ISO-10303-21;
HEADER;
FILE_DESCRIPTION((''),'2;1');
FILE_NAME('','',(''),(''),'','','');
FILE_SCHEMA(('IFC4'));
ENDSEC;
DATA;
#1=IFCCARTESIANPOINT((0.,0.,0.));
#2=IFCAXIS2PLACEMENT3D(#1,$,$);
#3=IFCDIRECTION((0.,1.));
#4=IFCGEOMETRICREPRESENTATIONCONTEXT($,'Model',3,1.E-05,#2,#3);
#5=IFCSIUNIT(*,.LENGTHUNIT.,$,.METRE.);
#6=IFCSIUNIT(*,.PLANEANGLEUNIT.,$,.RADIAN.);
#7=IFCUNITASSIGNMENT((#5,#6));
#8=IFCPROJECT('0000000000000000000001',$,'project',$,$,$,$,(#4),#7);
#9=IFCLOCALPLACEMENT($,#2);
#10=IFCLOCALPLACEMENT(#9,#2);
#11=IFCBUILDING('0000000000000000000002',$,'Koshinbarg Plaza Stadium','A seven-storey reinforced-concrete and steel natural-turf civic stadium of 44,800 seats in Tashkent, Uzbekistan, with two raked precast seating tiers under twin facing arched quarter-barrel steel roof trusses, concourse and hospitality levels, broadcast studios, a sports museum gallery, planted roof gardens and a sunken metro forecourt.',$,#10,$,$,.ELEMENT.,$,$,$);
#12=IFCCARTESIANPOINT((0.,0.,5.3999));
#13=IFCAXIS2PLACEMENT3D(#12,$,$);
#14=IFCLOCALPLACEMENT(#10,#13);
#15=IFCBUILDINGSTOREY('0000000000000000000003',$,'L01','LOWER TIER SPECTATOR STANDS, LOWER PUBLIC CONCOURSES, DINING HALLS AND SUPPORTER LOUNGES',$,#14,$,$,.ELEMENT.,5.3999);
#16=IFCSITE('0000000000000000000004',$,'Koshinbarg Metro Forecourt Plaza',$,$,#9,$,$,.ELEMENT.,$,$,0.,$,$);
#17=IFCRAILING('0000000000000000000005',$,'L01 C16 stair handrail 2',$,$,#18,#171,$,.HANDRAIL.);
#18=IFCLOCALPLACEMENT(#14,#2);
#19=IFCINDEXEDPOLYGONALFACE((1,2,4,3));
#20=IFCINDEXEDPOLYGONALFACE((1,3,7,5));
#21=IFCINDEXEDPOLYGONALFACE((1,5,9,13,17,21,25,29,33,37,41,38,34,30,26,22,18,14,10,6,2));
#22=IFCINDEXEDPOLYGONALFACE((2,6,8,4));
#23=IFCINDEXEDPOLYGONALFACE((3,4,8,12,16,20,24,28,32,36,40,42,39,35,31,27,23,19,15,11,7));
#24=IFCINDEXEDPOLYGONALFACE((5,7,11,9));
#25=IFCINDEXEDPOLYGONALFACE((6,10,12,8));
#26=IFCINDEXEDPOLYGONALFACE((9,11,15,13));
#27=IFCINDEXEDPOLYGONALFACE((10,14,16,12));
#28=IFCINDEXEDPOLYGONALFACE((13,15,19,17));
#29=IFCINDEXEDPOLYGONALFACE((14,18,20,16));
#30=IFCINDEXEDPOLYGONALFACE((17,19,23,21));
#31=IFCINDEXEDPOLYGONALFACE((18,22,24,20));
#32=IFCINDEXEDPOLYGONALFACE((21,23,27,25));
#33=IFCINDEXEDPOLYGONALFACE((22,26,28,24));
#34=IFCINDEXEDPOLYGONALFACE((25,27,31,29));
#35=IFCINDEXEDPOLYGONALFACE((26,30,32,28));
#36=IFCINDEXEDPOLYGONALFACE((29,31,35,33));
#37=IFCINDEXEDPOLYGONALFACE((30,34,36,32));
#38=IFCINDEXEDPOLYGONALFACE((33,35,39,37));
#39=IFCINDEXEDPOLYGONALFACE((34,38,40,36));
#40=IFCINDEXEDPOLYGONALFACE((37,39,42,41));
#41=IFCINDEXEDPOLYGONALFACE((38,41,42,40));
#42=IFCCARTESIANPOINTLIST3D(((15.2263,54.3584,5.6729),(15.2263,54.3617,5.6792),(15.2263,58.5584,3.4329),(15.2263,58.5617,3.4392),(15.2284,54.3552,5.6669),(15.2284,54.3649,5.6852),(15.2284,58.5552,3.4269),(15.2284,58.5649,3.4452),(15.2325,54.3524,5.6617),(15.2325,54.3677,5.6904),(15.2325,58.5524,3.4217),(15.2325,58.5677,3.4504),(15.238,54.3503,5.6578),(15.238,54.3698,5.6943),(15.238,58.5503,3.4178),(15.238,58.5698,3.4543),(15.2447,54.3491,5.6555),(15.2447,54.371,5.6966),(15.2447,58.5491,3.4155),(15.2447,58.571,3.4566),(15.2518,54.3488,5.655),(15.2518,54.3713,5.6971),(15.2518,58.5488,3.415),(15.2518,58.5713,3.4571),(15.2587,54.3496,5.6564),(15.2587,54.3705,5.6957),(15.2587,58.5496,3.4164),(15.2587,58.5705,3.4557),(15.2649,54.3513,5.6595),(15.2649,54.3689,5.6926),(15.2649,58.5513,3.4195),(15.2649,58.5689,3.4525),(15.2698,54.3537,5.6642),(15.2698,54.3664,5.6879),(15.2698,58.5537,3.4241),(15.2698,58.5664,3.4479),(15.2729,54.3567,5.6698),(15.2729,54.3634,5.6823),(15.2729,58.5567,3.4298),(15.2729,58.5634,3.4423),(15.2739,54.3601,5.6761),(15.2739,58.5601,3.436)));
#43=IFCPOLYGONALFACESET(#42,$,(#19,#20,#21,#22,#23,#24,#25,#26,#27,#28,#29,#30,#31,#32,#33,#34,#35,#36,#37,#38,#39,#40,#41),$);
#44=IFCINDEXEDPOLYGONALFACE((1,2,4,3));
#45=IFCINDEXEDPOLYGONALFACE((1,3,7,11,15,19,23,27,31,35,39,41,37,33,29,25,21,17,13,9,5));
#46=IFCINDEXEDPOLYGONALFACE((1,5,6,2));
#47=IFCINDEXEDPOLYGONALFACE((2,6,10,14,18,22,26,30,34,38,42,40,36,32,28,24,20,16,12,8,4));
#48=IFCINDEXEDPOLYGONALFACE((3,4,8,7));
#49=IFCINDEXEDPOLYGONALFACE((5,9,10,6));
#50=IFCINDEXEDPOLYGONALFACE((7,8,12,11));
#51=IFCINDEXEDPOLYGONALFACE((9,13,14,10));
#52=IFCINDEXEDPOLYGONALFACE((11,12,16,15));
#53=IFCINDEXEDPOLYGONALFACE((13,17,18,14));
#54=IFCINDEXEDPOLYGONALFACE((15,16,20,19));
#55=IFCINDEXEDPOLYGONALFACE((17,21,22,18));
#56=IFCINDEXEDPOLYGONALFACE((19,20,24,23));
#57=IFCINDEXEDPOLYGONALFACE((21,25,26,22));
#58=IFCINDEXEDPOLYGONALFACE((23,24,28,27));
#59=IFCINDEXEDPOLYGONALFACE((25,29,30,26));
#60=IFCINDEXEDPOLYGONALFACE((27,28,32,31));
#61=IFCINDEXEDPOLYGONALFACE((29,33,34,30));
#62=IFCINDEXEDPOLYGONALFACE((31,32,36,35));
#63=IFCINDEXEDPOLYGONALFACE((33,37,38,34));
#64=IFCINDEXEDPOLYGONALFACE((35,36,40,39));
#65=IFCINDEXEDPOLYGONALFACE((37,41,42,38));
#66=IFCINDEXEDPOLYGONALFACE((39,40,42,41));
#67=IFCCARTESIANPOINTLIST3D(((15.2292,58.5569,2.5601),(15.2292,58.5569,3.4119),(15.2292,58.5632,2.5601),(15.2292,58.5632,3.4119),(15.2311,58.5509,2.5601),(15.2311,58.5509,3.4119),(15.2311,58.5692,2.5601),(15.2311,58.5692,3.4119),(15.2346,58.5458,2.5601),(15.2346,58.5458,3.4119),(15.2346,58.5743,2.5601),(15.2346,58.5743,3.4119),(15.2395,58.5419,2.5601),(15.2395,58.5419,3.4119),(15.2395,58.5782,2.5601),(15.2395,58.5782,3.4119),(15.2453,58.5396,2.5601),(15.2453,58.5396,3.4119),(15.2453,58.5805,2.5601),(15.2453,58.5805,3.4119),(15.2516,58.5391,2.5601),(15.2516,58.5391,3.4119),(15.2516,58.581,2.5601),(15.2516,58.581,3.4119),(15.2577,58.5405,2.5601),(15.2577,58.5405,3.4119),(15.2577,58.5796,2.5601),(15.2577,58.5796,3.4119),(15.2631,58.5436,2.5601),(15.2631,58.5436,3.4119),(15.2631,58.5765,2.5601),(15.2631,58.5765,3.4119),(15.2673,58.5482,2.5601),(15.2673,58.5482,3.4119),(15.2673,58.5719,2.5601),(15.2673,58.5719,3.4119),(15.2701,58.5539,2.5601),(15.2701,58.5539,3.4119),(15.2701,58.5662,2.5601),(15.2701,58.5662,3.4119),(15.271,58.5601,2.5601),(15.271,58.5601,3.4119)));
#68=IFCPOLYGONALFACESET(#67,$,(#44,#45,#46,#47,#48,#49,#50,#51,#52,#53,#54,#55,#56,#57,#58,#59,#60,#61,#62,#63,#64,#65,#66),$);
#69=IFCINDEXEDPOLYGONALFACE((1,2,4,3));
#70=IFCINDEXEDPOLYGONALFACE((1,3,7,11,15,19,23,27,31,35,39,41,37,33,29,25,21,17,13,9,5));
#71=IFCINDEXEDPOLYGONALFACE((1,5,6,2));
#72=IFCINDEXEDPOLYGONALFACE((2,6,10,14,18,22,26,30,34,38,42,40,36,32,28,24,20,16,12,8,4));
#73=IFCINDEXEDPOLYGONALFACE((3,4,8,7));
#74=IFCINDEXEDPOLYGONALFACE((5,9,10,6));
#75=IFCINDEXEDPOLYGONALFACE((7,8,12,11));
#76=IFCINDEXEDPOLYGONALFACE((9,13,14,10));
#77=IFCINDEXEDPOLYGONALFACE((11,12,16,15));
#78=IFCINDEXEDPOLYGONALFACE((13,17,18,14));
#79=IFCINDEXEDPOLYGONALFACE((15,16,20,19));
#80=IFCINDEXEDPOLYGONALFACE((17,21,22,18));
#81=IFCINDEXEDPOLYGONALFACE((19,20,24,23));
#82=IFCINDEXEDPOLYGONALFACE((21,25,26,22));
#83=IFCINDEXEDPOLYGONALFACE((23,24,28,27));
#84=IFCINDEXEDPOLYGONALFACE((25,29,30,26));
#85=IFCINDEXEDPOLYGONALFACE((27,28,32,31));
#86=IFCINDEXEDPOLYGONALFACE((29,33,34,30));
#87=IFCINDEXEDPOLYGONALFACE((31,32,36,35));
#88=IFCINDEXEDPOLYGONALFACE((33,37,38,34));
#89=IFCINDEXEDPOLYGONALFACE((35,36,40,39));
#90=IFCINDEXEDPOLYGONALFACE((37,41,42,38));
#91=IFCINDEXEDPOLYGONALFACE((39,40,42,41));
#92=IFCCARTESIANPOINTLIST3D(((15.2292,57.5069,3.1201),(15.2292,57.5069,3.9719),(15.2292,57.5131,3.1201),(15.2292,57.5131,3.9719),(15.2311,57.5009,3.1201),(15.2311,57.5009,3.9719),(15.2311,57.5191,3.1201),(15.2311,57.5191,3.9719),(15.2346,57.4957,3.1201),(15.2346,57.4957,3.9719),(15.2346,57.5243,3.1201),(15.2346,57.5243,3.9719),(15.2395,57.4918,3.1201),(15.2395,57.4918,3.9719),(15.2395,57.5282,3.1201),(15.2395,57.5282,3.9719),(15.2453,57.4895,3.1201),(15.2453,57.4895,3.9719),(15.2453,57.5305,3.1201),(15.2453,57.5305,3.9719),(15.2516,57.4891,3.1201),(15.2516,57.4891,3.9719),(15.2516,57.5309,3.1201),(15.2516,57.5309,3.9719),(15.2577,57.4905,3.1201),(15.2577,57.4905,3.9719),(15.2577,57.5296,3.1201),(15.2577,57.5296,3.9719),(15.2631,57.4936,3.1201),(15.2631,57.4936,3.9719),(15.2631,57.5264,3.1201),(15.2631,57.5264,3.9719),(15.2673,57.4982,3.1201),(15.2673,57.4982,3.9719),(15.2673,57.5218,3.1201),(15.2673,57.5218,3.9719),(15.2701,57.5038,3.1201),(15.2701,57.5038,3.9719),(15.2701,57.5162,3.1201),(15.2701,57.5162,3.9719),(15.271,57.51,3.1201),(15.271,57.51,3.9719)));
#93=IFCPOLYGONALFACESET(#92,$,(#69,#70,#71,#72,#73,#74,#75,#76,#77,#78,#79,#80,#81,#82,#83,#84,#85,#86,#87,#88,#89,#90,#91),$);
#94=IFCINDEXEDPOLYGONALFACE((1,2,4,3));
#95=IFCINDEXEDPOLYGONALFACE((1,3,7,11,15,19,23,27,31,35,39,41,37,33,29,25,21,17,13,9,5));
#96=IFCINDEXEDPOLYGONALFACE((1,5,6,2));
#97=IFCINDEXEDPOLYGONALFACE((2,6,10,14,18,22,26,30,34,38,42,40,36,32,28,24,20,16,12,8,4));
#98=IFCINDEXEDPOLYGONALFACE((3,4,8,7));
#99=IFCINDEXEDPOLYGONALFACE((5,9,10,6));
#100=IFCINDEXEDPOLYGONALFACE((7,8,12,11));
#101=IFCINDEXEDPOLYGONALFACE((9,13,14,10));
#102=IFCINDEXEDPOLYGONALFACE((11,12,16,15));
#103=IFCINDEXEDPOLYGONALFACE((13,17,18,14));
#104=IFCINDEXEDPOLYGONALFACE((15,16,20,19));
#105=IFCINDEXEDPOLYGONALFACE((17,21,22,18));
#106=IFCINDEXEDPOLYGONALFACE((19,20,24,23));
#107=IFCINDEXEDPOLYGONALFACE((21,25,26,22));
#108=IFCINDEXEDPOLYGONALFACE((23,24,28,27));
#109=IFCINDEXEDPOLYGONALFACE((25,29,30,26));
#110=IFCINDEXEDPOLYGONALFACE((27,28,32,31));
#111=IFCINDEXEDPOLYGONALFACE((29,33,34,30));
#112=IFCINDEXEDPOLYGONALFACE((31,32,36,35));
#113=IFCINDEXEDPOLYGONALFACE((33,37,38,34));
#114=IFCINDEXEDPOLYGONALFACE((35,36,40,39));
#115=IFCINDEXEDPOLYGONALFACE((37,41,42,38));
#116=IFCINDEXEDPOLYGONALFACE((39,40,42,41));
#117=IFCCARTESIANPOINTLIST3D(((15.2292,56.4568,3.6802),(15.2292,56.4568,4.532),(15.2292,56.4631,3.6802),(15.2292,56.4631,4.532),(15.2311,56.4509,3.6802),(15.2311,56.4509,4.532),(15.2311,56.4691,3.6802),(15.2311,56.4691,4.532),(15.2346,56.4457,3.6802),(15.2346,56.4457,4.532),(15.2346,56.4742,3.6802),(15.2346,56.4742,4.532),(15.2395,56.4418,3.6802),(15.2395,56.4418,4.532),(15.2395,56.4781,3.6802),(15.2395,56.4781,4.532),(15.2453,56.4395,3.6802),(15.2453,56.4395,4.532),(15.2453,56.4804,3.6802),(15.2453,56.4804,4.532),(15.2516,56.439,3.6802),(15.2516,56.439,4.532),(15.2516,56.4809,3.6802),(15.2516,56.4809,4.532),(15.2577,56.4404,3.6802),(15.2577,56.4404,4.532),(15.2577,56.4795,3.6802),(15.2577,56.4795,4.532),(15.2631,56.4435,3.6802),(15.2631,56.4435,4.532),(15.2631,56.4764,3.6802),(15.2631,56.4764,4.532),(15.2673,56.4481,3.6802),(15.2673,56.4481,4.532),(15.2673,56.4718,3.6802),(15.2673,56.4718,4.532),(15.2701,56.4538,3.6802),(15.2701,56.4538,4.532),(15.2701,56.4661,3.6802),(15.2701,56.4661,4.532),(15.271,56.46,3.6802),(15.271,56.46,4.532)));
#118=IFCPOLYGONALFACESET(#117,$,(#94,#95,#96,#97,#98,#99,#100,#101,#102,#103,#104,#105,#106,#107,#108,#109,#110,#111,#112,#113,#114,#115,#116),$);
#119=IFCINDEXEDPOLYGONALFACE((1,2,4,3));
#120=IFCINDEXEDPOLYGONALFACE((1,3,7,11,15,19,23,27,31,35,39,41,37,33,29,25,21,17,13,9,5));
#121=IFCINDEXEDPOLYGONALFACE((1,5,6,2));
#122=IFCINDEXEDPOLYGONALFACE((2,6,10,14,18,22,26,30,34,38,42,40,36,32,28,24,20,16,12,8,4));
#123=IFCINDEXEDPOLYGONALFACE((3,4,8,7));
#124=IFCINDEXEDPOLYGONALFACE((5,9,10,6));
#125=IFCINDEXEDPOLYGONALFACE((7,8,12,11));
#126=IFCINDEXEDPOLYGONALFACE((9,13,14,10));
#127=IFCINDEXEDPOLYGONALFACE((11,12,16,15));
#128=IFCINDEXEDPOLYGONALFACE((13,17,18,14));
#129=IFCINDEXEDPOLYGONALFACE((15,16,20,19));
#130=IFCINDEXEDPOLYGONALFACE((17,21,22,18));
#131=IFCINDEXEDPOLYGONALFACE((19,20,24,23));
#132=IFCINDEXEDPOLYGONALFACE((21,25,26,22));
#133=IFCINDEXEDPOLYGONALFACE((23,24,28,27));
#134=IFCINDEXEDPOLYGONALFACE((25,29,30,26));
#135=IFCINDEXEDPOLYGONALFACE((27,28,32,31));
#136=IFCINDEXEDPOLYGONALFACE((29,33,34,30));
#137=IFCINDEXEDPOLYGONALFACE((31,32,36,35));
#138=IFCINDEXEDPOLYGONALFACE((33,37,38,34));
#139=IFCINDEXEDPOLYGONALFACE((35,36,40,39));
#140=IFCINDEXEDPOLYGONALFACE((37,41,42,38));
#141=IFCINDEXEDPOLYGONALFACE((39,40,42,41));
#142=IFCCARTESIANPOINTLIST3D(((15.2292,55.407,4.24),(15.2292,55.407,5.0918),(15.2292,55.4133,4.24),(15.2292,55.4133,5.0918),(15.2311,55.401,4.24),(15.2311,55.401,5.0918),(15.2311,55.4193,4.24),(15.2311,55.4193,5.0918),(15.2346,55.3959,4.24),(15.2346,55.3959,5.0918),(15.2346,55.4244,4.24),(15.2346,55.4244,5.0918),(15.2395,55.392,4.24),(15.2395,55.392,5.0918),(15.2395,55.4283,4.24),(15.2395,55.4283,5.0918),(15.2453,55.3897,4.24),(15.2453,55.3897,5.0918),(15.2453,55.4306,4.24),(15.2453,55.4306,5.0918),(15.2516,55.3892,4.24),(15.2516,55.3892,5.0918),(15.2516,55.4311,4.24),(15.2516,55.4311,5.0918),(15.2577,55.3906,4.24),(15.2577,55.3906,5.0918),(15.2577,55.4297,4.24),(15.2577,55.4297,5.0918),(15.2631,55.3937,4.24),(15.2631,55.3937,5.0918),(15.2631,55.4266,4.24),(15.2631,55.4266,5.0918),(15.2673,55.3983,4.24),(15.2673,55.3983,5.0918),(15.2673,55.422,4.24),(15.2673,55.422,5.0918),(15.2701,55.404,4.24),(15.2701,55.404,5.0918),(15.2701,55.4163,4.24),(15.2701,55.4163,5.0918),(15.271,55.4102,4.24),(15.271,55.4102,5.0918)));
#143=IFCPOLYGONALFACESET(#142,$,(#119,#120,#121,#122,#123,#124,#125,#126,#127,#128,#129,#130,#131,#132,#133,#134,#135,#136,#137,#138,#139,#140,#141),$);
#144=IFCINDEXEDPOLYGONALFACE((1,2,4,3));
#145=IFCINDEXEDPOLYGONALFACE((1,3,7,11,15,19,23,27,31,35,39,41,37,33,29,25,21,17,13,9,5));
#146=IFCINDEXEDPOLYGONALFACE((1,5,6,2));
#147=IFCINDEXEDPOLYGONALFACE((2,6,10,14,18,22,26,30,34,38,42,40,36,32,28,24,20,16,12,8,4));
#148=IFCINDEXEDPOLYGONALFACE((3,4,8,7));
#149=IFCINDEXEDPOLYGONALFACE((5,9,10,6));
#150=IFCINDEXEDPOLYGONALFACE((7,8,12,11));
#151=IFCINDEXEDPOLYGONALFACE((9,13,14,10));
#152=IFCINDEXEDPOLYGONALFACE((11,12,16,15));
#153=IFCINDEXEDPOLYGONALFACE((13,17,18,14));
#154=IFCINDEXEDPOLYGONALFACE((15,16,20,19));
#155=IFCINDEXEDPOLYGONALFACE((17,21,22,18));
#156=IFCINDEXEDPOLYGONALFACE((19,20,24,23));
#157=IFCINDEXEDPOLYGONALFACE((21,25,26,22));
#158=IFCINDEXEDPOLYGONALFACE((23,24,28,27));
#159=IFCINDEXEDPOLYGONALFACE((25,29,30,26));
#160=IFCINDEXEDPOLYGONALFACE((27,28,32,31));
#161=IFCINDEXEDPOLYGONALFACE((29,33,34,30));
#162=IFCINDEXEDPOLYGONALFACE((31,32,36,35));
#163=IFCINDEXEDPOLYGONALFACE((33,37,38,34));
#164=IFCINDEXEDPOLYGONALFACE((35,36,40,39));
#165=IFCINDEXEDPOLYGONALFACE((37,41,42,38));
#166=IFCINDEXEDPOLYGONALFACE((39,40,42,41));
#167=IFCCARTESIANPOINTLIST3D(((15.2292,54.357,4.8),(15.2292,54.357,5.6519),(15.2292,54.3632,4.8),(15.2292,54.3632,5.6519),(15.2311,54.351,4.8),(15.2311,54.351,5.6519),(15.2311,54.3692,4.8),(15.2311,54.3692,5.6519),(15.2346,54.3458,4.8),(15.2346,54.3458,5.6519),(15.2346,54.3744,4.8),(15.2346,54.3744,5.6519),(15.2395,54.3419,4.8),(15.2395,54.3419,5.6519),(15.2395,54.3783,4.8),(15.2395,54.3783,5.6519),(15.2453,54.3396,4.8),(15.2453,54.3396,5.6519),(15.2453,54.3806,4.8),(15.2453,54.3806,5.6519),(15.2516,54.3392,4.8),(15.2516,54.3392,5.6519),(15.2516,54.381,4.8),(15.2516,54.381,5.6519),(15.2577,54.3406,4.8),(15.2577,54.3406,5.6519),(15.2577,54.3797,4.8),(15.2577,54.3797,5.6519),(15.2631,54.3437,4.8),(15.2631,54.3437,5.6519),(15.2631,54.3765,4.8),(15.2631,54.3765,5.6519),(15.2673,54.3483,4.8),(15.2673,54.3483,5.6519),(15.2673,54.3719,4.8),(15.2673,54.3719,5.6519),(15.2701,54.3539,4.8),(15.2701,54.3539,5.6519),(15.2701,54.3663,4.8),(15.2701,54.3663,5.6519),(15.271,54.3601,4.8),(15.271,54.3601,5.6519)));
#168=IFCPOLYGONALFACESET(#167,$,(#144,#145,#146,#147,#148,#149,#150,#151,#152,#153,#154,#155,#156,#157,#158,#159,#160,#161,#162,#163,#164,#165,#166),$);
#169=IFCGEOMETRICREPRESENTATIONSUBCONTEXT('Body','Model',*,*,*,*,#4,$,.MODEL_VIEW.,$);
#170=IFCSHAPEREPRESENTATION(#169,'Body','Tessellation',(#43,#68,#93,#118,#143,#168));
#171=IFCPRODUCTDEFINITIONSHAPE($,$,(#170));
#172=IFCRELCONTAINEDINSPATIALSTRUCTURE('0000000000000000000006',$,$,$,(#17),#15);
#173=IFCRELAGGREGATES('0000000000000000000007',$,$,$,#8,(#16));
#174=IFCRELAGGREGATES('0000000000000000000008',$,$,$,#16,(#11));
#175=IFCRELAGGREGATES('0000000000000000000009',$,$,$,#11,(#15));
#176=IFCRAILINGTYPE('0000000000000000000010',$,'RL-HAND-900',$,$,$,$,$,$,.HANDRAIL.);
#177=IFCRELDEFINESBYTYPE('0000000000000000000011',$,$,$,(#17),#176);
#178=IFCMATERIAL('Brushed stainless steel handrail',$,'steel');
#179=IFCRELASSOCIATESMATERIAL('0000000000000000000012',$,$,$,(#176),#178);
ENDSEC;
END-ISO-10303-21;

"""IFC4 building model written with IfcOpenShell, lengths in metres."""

from ifc_helpers import new_model, si_unit, direction, frame, origin, origin_2d, place, context, subcontext, project, spatial, circle, extrude, material, type_object, element, save


model = new_model("IFC4")

# Units and contexts
model_context = context("Model", 3, precision=1e-05, world=origin(), true_north=direction((0.0, 1.0)))
body_context = subcontext(model_context, "Body", "Model", "MODEL_VIEW")
ifc_project = project(units=[si_unit("LENGTHUNIT", "METRE"), si_unit("PLANEANGLEUNIT", "RADIAN")], contexts=[model_context])

# Site, building, storey
site_placement = place(None, origin())
site = spatial("IfcSite", under=ifc_project, at=site_placement, Name="Koshinbarg Metro Forecourt Plaza", CompositionType="ELEMENT", RefElevation=0.0)
building_placement = place(site_placement, origin())
building = spatial("IfcBuilding", under=site, at=building_placement, Name="Koshinbarg Plaza Stadium", Description="A seven-storey reinforced-concrete and steel natural-turf civic stadium of 44,800 seats in Tashkent, Uzbekistan, with two raked precast seating tiers under twin facing arched quarter-barrel steel roof trusses, concourse and hospitality levels, broadcast studios, a sports museum gallery, planted roof gardens and a sunken metro forecourt.", CompositionType="ELEMENT")
storey_placement = place(building_placement, frame((0.0, 0.0, 5.3999)))
storey = spatial("IfcBuildingStorey", under=building, at=storey_placement, Name="L01", Description="LOWER TIER SPECTATOR STANDS, LOWER PUBLIC CONCOURSES, DINING HALLS AND SUPPORTER LOUNGES", CompositionType="ELEMENT", Elevation=5.3999)

# Railing
ifc_material_1 = material(Name="Brushed stainless steel handrail", Category="steel")
railing_type_1 = type_object("IfcRailingType", Name="RL-HAND-900", PredefinedType="HANDRAIL", material=ifc_material_1)
railing_1_placement = place(storey_placement, frame((15.25, 58.5601, 2.5601)))
element("IfcRailing", 1, at=railing_1_placement, inside=storey, type_object=railing_type_1, Name="L01 C16 stair handrail 2", PredefinedType="HANDRAIL", context=body_context, shape_type="SweptSolid", body=[
    extrude(circle(Radius=0.0239, at=origin_2d()), frame((0.0, 0.0, 0.876), z_axis=(0.0, -0.882352, 0.470591), x_axis=(1.0, 0.0, 0.0)), (0.0, 0.0, 1.0), 4.76),
    extrude(circle(Radius=0.021, at=origin_2d()), origin(), (0.0, 0.0, 1.0), 0.8518),
    extrude(circle(Radius=0.021, at=origin_2d()), frame((0.0, -1.05, 0.5601)), (0.0, 0.0, 1.0), 0.8518),
    extrude(circle(Radius=0.021, at=origin_2d()), frame((0.0, -2.1001, 1.1201)), (0.0, 0.0, 1.0), 0.8518),
    extrude(circle(Radius=0.021, at=origin_2d()), frame((0.0, -3.1499, 1.6799)), (0.0, 0.0, 1.0), 0.8518),
    extrude(circle(Radius=0.021, at=origin_2d()), frame((0.0, -4.2, 2.24)), (0.0, 0.0, 1.0), 0.8518),
])

save(model, "model.ifc")
